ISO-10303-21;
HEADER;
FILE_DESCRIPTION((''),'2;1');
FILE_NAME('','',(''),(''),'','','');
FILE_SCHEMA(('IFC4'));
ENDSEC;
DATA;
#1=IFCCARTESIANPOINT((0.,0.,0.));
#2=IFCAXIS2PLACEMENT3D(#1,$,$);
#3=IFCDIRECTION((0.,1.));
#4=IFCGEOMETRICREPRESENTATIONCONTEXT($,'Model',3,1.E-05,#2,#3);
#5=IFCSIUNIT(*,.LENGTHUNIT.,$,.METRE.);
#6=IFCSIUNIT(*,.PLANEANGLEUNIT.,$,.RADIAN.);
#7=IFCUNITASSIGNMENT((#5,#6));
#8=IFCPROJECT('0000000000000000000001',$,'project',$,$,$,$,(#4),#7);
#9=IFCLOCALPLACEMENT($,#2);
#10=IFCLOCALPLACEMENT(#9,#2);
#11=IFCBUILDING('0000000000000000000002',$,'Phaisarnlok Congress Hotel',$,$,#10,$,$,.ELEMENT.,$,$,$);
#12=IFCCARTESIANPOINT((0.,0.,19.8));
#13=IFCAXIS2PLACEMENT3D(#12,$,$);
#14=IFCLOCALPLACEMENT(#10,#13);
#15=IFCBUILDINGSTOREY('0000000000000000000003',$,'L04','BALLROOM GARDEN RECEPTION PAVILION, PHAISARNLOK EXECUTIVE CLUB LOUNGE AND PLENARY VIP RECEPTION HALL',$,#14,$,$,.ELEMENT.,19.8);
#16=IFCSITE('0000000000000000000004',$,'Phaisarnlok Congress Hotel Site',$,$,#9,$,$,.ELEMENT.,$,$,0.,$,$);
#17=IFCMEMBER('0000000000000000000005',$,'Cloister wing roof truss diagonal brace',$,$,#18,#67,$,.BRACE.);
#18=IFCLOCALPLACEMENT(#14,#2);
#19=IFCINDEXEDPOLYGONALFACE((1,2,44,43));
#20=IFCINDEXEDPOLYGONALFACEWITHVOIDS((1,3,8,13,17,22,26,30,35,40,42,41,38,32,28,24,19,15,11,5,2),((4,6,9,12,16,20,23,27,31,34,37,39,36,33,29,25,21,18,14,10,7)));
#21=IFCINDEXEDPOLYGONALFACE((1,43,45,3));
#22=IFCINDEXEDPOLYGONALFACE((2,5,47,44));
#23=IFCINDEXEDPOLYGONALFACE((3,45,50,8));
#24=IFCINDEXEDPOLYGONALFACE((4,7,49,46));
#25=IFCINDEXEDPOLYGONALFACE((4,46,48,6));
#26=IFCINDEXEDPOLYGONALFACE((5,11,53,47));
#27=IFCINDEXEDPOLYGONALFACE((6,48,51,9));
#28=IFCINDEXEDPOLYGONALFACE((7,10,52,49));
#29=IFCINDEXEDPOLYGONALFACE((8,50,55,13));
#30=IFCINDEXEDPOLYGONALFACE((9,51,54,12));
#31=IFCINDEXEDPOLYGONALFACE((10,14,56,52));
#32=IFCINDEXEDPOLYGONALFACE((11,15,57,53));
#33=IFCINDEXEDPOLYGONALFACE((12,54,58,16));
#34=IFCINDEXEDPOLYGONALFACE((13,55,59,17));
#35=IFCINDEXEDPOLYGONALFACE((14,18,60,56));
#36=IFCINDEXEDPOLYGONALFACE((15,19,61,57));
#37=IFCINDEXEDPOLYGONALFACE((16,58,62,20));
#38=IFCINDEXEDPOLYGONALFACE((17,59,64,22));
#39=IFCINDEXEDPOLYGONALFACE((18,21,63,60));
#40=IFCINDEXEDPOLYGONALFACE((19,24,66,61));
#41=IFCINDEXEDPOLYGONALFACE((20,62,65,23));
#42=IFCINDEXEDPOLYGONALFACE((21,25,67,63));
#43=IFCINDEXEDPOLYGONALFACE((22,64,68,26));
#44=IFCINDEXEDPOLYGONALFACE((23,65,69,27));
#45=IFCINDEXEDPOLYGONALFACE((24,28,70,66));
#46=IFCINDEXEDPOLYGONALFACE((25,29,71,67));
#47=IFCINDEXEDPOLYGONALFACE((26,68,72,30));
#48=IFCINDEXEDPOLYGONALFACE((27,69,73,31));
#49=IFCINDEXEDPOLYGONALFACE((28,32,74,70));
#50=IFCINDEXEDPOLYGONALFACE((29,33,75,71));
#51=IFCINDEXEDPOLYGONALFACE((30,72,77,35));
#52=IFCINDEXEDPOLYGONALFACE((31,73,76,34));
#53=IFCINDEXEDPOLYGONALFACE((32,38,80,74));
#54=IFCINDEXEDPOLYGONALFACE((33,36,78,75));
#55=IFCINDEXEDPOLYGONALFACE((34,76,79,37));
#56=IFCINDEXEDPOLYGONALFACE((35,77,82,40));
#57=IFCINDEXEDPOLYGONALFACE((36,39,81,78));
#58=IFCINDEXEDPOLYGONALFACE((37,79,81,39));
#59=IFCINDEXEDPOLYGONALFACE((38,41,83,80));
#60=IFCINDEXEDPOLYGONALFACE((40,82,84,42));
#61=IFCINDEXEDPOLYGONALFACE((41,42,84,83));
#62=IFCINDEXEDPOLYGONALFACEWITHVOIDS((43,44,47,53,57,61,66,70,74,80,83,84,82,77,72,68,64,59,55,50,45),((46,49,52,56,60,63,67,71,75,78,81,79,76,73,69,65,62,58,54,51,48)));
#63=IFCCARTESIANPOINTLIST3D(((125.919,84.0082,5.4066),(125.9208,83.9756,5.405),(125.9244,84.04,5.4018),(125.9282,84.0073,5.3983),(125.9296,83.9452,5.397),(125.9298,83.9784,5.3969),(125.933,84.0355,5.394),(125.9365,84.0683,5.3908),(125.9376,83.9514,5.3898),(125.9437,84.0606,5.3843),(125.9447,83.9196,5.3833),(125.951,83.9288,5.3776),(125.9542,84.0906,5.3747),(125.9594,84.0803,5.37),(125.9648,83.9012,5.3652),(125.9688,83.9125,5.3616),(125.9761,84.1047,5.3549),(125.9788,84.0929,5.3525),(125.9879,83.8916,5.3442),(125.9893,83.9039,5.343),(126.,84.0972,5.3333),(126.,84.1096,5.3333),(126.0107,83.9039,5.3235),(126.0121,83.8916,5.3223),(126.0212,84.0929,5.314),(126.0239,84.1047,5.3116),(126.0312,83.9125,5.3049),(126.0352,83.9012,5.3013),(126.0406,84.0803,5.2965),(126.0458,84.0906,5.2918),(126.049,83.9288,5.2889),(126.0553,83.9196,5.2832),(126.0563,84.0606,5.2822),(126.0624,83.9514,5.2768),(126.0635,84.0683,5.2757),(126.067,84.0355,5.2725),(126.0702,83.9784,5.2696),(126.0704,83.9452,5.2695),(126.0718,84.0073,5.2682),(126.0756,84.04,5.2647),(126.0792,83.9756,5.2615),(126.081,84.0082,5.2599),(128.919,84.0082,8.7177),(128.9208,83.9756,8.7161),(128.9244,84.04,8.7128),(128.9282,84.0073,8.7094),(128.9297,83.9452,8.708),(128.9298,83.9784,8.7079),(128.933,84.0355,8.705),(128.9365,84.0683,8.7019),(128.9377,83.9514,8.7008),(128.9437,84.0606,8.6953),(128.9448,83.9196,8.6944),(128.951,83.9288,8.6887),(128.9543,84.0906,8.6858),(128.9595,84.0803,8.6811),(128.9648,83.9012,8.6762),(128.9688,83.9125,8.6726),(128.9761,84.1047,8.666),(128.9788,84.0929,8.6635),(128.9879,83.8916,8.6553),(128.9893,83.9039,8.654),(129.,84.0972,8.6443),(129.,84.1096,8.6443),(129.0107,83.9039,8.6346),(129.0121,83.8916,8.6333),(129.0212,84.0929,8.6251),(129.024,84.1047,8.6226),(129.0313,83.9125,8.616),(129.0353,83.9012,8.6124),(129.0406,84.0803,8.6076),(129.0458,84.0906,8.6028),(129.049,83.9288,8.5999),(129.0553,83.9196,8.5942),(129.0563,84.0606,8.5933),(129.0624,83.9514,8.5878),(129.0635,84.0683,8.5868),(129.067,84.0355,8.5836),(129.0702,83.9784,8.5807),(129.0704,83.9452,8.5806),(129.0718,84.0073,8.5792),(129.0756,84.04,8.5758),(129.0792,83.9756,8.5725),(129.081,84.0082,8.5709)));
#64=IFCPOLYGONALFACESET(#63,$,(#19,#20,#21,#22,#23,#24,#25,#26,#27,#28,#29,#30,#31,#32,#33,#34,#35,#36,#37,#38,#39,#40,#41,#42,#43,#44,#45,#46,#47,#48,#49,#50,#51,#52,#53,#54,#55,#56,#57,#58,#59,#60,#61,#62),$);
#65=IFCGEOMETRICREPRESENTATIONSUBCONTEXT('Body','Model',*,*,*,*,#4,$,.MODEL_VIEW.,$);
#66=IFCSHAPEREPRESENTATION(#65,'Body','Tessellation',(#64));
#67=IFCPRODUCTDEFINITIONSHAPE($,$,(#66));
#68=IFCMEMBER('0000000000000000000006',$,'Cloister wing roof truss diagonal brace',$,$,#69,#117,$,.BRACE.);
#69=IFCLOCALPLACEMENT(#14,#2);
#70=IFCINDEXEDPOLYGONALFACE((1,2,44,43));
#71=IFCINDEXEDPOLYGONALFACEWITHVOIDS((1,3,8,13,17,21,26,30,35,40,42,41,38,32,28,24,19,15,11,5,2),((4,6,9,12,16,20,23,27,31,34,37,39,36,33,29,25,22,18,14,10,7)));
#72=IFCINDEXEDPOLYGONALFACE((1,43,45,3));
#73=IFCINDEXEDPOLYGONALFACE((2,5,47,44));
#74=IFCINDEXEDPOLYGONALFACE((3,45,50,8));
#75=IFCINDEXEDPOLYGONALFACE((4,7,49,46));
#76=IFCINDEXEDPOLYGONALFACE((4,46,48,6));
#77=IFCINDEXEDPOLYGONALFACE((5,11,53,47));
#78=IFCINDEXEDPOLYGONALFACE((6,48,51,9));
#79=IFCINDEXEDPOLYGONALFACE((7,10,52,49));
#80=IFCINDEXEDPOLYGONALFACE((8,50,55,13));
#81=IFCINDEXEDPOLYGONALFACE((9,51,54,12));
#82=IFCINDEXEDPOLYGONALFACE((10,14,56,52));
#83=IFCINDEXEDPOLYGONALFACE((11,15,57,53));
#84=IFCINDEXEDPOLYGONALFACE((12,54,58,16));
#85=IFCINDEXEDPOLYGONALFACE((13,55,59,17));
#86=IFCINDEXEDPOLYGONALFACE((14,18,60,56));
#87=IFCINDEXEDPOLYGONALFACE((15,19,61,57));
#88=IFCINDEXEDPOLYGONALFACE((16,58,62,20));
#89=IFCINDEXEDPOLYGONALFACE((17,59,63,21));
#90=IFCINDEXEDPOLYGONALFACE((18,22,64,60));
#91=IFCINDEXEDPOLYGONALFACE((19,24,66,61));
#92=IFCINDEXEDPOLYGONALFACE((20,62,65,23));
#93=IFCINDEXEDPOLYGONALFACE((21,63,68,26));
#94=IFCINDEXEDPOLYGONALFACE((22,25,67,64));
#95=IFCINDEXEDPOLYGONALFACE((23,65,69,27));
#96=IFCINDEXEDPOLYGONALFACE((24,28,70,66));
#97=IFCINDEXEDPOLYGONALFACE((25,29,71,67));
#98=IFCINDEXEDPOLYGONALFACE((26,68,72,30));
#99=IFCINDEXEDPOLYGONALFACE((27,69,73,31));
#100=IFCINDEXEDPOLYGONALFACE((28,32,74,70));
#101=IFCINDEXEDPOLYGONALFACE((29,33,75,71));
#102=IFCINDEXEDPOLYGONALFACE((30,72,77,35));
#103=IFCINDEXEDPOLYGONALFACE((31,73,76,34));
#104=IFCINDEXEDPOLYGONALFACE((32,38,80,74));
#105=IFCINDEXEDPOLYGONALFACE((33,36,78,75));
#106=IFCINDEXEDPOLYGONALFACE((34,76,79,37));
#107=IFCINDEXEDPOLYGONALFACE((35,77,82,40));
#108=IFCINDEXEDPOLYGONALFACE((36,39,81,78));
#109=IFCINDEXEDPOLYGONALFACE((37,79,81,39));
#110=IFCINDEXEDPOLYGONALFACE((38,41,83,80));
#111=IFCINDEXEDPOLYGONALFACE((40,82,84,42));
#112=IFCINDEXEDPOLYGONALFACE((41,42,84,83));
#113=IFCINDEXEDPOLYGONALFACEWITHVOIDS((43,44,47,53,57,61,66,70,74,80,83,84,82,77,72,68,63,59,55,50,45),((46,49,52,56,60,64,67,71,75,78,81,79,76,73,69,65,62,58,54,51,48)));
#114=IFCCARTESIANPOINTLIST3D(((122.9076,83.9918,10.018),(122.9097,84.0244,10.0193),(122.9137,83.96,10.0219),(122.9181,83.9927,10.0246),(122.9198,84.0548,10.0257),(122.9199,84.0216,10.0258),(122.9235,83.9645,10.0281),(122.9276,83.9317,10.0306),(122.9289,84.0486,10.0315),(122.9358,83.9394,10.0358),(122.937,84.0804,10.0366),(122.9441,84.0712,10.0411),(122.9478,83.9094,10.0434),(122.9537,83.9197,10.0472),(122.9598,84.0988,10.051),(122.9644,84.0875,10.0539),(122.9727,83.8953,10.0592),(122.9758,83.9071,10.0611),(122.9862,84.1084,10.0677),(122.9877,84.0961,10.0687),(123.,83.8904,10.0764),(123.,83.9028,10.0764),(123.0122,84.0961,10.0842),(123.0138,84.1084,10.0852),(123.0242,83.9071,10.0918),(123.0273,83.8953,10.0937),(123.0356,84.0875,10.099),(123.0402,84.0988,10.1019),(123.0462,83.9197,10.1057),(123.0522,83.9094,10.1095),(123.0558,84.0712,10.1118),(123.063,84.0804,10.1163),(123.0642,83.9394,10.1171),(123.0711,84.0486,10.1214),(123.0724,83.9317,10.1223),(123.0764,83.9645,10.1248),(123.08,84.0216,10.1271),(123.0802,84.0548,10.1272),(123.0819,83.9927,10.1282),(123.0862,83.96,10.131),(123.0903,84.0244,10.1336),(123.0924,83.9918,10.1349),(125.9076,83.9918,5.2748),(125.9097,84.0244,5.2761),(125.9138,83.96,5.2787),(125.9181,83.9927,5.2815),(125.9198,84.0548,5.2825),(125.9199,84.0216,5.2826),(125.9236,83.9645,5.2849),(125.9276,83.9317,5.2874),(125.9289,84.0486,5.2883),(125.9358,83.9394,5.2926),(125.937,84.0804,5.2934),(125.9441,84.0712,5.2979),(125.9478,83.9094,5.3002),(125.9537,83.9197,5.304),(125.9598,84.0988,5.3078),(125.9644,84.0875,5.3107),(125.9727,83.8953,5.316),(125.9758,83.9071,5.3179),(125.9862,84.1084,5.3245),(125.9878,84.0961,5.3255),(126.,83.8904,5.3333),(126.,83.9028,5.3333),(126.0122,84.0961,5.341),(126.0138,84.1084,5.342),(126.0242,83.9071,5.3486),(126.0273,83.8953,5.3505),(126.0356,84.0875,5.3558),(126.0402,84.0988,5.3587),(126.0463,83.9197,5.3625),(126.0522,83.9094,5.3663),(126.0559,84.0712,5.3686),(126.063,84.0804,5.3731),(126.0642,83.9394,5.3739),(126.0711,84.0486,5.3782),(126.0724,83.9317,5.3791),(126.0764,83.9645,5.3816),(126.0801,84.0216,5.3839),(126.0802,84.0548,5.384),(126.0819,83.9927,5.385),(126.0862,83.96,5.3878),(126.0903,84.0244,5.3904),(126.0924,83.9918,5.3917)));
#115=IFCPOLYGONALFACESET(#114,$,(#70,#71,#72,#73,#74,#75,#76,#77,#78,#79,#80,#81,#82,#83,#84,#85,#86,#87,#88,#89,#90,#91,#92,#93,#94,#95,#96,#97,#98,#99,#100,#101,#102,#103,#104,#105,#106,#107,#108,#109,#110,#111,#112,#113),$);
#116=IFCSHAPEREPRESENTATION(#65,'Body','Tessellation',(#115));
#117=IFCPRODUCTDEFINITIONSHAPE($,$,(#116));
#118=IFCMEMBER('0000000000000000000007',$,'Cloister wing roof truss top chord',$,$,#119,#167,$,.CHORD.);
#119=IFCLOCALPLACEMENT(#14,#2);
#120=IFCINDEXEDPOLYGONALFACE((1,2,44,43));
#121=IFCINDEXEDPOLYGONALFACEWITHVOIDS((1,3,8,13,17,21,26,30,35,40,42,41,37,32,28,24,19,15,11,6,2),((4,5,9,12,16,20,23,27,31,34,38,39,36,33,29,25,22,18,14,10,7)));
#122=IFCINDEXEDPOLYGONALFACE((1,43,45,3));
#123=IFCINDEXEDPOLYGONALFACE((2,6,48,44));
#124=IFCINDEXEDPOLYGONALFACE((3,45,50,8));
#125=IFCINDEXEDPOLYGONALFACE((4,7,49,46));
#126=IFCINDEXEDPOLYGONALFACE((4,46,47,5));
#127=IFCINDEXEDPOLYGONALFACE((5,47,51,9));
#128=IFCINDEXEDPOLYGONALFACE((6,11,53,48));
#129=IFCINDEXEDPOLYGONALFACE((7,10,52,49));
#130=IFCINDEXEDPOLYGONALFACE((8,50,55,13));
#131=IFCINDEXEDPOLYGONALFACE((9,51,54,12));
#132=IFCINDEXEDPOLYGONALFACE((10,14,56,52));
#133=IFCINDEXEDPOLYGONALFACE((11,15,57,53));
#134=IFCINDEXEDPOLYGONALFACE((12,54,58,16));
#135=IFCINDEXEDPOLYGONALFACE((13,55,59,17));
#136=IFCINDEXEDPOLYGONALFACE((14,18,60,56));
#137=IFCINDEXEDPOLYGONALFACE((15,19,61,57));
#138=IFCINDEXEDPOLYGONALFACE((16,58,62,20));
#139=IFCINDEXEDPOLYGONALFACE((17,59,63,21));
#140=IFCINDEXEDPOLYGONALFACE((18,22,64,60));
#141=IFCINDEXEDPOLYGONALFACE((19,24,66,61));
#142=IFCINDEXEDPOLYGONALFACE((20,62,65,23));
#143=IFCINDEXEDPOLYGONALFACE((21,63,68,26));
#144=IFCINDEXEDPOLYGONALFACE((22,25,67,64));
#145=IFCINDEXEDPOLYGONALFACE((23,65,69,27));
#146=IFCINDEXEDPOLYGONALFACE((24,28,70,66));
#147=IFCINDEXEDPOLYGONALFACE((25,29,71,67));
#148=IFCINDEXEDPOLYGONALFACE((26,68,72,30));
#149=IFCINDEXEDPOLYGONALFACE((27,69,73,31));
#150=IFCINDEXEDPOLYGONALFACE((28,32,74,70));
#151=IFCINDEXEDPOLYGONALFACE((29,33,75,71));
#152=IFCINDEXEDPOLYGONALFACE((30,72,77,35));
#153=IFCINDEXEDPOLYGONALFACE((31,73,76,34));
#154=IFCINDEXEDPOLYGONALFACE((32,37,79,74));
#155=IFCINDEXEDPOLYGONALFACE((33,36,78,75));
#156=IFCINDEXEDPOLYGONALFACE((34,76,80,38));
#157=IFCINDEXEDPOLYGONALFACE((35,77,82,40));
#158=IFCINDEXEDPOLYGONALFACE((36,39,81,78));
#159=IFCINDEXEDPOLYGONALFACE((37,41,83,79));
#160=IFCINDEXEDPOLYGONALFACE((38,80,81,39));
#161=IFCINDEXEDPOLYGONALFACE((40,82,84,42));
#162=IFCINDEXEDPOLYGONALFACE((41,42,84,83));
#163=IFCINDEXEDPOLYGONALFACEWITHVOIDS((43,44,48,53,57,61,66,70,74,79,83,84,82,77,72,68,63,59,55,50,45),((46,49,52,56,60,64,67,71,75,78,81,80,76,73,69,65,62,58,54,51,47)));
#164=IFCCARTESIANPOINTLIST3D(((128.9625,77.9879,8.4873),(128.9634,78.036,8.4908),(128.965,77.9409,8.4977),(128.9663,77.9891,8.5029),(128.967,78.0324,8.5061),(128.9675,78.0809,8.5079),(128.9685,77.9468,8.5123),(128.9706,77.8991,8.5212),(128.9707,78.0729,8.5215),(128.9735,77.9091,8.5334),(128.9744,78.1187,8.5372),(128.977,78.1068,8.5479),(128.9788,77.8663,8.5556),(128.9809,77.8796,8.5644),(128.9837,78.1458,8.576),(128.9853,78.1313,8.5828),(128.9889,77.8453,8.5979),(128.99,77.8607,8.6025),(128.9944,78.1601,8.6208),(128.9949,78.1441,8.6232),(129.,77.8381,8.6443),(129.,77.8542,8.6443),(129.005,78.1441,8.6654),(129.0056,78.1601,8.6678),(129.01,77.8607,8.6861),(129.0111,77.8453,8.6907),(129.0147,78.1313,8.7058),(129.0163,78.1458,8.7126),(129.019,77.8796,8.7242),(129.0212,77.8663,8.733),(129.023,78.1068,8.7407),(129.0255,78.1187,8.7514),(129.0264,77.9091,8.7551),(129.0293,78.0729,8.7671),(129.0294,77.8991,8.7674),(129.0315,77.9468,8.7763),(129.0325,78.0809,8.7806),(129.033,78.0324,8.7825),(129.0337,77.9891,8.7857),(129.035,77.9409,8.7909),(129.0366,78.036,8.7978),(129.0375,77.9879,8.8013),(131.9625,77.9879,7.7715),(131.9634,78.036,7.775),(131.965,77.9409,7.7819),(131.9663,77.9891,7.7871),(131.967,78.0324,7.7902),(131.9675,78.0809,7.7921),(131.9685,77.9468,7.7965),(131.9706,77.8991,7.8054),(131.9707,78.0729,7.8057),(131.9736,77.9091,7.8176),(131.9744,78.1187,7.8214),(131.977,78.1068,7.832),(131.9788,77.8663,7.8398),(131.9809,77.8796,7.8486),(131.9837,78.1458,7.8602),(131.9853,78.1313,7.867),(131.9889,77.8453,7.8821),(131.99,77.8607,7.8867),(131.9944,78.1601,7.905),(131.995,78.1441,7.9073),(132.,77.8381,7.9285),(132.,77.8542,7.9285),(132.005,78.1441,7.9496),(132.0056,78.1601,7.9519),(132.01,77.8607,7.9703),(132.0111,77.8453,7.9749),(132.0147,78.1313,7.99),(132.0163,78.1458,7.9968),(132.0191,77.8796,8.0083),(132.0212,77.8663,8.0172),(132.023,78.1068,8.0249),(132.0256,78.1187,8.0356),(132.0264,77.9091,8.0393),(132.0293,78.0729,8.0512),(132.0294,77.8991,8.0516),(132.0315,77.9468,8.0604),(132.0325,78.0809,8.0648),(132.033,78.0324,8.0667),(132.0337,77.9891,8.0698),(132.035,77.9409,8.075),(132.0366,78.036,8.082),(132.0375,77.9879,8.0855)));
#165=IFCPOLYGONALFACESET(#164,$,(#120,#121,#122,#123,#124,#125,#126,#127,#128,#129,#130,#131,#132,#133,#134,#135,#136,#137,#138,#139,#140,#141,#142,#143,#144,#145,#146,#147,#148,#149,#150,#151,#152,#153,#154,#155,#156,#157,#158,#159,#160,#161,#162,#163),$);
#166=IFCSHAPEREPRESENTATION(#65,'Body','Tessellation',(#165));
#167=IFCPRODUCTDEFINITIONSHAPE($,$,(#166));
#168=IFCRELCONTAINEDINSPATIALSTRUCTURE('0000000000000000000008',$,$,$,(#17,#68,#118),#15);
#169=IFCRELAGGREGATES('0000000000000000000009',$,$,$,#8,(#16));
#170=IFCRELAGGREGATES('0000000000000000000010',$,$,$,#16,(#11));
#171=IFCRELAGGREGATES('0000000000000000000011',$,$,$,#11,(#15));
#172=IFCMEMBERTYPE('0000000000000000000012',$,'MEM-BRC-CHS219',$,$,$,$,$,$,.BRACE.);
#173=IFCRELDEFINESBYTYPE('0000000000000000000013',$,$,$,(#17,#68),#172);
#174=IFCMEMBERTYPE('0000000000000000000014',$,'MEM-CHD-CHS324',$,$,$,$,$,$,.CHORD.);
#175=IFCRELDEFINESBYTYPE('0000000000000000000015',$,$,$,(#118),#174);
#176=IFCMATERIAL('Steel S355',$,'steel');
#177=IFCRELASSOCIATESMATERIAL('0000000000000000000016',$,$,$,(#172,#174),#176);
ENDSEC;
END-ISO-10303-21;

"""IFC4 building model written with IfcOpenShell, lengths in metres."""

from ifc_helpers import new_model, si_unit, direction, frame, origin, origin_2d, place, context, subcontext, project, spatial, hollow_circle, extrude, material, material_profile, profile_set, type_object, element, save


model = new_model("IFC4")

# Units and contexts
model_context = context("Model", 3, precision=1e-05, world=origin(), true_north=direction((0.0, 1.0)))
body_context = subcontext(model_context, "Body", "Model", "MODEL_VIEW")
ifc_project = project(units=[si_unit("LENGTHUNIT", "METRE"), si_unit("PLANEANGLEUNIT", "RADIAN")], contexts=[model_context])

# Site, building, storey
site_placement = place(None, origin())
site = spatial("IfcSite", under=ifc_project, at=site_placement, Name="Phaisarnlok Congress Hotel Site", CompositionType="ELEMENT", RefElevation=0.0)
building_placement = place(site_placement, origin())
building = spatial("IfcBuilding", under=site, at=building_placement, Name="Phaisarnlok Congress Hotel", CompositionType="ELEMENT")
storey_placement = place(building_placement, frame((0.0, 0.0, 19.8)))
storey = spatial("IfcBuildingStorey", under=building, at=storey_placement, Name="L04", Description="BALLROOM GARDEN RECEPTION PAVILION, PHAISARNLOK EXECUTIVE CLUB LOUNGE AND PLENARY VIP RECEPTION HALL", CompositionType="ELEMENT", Elevation=19.8)

# Shared definitions
ifc_material_1 = material(Name="Steel S355", Category="steel")

# Members
ifc_material_profile_1 = material_profile(ifc_material_1, hollow_circle(Radius=0.1096, WallThickness=0.0125, at=origin_2d()), Name="CHS 219.1x12.5")
ifc_profile_set_1 = profile_set([ifc_material_profile_1], Name="Steel S355")
member_type_1 = type_object("IfcMemberType", Name="MEM-BRC-CHS219", PredefinedType="BRACE", material=ifc_profile_set_1)
member_1_placement = place(storey_placement, frame((126.0, 84.0, 5.3333), z_axis=(0.671443, 0.0, 0.741057), x_axis=(0.0, 1.0, 0.0)))
element("IfcMember", 1, at=member_1_placement, inside=storey, type_object=member_type_1, Name="Cloister wing roof truss diagonal brace", PredefinedType="BRACE", context=body_context, shape_type="SweptSolid", body=[
    extrude(hollow_circle(Radius=0.1096, WallThickness=0.0125, at=origin_2d()), origin(), (0.0, 0.0, 1.0), 4.468),
])
member_2_placement = place(storey_placement, frame((126.0, 84.0, 5.3333), z_axis=(-0.534543, 0.0, 0.845141), x_axis=(0.0, -1.0, 0.0)))
element("IfcMember", 2, at=member_2_placement, inside=storey, type_object=member_type_1, Name="Cloister wing roof truss diagonal brace", PredefinedType="BRACE", context=body_context, shape_type="SweptSolid", body=[
    extrude(hollow_circle(Radius=0.1096, WallThickness=0.0125, at=origin_2d()), origin(), (0.0, 0.0, 1.0), 5.6123),
])
ifc_material_profile_2 = material_profile(ifc_material_1, hollow_circle(Radius=0.1619, WallThickness=0.0161, at=origin_2d()), Name="CHS 323.9x16")
ifc_profile_set_2 = profile_set([ifc_material_profile_2], Name="Steel S355")
member_type_2 = type_object("IfcMemberType", Name="MEM-CHD-CHS324", PredefinedType="CHORD", material=ifc_profile_set_2)
for number, where, z_axis, x_axis, name in (
    (3, (132.0, 78.0, 7.9285), (-0.972694, 0.0, 0.232091), (0.0, -1.0, 0.0), "Cloister wing roof truss top chord"),
):
    element("IfcMember", number, at=place(storey_placement, frame(where, z_axis=z_axis, x_axis=x_axis)), inside=storey, type_object=member_type_2, Name=name, PredefinedType="CHORD", context=body_context, shape_type="SweptSolid", body=[
        extrude(hollow_circle(Radius=0.1619, WallThickness=0.0161, at=origin_2d()), origin(), (0.0, 0.0, 1.0), 3.0842),
    ])

save(model, "model.ifc")
